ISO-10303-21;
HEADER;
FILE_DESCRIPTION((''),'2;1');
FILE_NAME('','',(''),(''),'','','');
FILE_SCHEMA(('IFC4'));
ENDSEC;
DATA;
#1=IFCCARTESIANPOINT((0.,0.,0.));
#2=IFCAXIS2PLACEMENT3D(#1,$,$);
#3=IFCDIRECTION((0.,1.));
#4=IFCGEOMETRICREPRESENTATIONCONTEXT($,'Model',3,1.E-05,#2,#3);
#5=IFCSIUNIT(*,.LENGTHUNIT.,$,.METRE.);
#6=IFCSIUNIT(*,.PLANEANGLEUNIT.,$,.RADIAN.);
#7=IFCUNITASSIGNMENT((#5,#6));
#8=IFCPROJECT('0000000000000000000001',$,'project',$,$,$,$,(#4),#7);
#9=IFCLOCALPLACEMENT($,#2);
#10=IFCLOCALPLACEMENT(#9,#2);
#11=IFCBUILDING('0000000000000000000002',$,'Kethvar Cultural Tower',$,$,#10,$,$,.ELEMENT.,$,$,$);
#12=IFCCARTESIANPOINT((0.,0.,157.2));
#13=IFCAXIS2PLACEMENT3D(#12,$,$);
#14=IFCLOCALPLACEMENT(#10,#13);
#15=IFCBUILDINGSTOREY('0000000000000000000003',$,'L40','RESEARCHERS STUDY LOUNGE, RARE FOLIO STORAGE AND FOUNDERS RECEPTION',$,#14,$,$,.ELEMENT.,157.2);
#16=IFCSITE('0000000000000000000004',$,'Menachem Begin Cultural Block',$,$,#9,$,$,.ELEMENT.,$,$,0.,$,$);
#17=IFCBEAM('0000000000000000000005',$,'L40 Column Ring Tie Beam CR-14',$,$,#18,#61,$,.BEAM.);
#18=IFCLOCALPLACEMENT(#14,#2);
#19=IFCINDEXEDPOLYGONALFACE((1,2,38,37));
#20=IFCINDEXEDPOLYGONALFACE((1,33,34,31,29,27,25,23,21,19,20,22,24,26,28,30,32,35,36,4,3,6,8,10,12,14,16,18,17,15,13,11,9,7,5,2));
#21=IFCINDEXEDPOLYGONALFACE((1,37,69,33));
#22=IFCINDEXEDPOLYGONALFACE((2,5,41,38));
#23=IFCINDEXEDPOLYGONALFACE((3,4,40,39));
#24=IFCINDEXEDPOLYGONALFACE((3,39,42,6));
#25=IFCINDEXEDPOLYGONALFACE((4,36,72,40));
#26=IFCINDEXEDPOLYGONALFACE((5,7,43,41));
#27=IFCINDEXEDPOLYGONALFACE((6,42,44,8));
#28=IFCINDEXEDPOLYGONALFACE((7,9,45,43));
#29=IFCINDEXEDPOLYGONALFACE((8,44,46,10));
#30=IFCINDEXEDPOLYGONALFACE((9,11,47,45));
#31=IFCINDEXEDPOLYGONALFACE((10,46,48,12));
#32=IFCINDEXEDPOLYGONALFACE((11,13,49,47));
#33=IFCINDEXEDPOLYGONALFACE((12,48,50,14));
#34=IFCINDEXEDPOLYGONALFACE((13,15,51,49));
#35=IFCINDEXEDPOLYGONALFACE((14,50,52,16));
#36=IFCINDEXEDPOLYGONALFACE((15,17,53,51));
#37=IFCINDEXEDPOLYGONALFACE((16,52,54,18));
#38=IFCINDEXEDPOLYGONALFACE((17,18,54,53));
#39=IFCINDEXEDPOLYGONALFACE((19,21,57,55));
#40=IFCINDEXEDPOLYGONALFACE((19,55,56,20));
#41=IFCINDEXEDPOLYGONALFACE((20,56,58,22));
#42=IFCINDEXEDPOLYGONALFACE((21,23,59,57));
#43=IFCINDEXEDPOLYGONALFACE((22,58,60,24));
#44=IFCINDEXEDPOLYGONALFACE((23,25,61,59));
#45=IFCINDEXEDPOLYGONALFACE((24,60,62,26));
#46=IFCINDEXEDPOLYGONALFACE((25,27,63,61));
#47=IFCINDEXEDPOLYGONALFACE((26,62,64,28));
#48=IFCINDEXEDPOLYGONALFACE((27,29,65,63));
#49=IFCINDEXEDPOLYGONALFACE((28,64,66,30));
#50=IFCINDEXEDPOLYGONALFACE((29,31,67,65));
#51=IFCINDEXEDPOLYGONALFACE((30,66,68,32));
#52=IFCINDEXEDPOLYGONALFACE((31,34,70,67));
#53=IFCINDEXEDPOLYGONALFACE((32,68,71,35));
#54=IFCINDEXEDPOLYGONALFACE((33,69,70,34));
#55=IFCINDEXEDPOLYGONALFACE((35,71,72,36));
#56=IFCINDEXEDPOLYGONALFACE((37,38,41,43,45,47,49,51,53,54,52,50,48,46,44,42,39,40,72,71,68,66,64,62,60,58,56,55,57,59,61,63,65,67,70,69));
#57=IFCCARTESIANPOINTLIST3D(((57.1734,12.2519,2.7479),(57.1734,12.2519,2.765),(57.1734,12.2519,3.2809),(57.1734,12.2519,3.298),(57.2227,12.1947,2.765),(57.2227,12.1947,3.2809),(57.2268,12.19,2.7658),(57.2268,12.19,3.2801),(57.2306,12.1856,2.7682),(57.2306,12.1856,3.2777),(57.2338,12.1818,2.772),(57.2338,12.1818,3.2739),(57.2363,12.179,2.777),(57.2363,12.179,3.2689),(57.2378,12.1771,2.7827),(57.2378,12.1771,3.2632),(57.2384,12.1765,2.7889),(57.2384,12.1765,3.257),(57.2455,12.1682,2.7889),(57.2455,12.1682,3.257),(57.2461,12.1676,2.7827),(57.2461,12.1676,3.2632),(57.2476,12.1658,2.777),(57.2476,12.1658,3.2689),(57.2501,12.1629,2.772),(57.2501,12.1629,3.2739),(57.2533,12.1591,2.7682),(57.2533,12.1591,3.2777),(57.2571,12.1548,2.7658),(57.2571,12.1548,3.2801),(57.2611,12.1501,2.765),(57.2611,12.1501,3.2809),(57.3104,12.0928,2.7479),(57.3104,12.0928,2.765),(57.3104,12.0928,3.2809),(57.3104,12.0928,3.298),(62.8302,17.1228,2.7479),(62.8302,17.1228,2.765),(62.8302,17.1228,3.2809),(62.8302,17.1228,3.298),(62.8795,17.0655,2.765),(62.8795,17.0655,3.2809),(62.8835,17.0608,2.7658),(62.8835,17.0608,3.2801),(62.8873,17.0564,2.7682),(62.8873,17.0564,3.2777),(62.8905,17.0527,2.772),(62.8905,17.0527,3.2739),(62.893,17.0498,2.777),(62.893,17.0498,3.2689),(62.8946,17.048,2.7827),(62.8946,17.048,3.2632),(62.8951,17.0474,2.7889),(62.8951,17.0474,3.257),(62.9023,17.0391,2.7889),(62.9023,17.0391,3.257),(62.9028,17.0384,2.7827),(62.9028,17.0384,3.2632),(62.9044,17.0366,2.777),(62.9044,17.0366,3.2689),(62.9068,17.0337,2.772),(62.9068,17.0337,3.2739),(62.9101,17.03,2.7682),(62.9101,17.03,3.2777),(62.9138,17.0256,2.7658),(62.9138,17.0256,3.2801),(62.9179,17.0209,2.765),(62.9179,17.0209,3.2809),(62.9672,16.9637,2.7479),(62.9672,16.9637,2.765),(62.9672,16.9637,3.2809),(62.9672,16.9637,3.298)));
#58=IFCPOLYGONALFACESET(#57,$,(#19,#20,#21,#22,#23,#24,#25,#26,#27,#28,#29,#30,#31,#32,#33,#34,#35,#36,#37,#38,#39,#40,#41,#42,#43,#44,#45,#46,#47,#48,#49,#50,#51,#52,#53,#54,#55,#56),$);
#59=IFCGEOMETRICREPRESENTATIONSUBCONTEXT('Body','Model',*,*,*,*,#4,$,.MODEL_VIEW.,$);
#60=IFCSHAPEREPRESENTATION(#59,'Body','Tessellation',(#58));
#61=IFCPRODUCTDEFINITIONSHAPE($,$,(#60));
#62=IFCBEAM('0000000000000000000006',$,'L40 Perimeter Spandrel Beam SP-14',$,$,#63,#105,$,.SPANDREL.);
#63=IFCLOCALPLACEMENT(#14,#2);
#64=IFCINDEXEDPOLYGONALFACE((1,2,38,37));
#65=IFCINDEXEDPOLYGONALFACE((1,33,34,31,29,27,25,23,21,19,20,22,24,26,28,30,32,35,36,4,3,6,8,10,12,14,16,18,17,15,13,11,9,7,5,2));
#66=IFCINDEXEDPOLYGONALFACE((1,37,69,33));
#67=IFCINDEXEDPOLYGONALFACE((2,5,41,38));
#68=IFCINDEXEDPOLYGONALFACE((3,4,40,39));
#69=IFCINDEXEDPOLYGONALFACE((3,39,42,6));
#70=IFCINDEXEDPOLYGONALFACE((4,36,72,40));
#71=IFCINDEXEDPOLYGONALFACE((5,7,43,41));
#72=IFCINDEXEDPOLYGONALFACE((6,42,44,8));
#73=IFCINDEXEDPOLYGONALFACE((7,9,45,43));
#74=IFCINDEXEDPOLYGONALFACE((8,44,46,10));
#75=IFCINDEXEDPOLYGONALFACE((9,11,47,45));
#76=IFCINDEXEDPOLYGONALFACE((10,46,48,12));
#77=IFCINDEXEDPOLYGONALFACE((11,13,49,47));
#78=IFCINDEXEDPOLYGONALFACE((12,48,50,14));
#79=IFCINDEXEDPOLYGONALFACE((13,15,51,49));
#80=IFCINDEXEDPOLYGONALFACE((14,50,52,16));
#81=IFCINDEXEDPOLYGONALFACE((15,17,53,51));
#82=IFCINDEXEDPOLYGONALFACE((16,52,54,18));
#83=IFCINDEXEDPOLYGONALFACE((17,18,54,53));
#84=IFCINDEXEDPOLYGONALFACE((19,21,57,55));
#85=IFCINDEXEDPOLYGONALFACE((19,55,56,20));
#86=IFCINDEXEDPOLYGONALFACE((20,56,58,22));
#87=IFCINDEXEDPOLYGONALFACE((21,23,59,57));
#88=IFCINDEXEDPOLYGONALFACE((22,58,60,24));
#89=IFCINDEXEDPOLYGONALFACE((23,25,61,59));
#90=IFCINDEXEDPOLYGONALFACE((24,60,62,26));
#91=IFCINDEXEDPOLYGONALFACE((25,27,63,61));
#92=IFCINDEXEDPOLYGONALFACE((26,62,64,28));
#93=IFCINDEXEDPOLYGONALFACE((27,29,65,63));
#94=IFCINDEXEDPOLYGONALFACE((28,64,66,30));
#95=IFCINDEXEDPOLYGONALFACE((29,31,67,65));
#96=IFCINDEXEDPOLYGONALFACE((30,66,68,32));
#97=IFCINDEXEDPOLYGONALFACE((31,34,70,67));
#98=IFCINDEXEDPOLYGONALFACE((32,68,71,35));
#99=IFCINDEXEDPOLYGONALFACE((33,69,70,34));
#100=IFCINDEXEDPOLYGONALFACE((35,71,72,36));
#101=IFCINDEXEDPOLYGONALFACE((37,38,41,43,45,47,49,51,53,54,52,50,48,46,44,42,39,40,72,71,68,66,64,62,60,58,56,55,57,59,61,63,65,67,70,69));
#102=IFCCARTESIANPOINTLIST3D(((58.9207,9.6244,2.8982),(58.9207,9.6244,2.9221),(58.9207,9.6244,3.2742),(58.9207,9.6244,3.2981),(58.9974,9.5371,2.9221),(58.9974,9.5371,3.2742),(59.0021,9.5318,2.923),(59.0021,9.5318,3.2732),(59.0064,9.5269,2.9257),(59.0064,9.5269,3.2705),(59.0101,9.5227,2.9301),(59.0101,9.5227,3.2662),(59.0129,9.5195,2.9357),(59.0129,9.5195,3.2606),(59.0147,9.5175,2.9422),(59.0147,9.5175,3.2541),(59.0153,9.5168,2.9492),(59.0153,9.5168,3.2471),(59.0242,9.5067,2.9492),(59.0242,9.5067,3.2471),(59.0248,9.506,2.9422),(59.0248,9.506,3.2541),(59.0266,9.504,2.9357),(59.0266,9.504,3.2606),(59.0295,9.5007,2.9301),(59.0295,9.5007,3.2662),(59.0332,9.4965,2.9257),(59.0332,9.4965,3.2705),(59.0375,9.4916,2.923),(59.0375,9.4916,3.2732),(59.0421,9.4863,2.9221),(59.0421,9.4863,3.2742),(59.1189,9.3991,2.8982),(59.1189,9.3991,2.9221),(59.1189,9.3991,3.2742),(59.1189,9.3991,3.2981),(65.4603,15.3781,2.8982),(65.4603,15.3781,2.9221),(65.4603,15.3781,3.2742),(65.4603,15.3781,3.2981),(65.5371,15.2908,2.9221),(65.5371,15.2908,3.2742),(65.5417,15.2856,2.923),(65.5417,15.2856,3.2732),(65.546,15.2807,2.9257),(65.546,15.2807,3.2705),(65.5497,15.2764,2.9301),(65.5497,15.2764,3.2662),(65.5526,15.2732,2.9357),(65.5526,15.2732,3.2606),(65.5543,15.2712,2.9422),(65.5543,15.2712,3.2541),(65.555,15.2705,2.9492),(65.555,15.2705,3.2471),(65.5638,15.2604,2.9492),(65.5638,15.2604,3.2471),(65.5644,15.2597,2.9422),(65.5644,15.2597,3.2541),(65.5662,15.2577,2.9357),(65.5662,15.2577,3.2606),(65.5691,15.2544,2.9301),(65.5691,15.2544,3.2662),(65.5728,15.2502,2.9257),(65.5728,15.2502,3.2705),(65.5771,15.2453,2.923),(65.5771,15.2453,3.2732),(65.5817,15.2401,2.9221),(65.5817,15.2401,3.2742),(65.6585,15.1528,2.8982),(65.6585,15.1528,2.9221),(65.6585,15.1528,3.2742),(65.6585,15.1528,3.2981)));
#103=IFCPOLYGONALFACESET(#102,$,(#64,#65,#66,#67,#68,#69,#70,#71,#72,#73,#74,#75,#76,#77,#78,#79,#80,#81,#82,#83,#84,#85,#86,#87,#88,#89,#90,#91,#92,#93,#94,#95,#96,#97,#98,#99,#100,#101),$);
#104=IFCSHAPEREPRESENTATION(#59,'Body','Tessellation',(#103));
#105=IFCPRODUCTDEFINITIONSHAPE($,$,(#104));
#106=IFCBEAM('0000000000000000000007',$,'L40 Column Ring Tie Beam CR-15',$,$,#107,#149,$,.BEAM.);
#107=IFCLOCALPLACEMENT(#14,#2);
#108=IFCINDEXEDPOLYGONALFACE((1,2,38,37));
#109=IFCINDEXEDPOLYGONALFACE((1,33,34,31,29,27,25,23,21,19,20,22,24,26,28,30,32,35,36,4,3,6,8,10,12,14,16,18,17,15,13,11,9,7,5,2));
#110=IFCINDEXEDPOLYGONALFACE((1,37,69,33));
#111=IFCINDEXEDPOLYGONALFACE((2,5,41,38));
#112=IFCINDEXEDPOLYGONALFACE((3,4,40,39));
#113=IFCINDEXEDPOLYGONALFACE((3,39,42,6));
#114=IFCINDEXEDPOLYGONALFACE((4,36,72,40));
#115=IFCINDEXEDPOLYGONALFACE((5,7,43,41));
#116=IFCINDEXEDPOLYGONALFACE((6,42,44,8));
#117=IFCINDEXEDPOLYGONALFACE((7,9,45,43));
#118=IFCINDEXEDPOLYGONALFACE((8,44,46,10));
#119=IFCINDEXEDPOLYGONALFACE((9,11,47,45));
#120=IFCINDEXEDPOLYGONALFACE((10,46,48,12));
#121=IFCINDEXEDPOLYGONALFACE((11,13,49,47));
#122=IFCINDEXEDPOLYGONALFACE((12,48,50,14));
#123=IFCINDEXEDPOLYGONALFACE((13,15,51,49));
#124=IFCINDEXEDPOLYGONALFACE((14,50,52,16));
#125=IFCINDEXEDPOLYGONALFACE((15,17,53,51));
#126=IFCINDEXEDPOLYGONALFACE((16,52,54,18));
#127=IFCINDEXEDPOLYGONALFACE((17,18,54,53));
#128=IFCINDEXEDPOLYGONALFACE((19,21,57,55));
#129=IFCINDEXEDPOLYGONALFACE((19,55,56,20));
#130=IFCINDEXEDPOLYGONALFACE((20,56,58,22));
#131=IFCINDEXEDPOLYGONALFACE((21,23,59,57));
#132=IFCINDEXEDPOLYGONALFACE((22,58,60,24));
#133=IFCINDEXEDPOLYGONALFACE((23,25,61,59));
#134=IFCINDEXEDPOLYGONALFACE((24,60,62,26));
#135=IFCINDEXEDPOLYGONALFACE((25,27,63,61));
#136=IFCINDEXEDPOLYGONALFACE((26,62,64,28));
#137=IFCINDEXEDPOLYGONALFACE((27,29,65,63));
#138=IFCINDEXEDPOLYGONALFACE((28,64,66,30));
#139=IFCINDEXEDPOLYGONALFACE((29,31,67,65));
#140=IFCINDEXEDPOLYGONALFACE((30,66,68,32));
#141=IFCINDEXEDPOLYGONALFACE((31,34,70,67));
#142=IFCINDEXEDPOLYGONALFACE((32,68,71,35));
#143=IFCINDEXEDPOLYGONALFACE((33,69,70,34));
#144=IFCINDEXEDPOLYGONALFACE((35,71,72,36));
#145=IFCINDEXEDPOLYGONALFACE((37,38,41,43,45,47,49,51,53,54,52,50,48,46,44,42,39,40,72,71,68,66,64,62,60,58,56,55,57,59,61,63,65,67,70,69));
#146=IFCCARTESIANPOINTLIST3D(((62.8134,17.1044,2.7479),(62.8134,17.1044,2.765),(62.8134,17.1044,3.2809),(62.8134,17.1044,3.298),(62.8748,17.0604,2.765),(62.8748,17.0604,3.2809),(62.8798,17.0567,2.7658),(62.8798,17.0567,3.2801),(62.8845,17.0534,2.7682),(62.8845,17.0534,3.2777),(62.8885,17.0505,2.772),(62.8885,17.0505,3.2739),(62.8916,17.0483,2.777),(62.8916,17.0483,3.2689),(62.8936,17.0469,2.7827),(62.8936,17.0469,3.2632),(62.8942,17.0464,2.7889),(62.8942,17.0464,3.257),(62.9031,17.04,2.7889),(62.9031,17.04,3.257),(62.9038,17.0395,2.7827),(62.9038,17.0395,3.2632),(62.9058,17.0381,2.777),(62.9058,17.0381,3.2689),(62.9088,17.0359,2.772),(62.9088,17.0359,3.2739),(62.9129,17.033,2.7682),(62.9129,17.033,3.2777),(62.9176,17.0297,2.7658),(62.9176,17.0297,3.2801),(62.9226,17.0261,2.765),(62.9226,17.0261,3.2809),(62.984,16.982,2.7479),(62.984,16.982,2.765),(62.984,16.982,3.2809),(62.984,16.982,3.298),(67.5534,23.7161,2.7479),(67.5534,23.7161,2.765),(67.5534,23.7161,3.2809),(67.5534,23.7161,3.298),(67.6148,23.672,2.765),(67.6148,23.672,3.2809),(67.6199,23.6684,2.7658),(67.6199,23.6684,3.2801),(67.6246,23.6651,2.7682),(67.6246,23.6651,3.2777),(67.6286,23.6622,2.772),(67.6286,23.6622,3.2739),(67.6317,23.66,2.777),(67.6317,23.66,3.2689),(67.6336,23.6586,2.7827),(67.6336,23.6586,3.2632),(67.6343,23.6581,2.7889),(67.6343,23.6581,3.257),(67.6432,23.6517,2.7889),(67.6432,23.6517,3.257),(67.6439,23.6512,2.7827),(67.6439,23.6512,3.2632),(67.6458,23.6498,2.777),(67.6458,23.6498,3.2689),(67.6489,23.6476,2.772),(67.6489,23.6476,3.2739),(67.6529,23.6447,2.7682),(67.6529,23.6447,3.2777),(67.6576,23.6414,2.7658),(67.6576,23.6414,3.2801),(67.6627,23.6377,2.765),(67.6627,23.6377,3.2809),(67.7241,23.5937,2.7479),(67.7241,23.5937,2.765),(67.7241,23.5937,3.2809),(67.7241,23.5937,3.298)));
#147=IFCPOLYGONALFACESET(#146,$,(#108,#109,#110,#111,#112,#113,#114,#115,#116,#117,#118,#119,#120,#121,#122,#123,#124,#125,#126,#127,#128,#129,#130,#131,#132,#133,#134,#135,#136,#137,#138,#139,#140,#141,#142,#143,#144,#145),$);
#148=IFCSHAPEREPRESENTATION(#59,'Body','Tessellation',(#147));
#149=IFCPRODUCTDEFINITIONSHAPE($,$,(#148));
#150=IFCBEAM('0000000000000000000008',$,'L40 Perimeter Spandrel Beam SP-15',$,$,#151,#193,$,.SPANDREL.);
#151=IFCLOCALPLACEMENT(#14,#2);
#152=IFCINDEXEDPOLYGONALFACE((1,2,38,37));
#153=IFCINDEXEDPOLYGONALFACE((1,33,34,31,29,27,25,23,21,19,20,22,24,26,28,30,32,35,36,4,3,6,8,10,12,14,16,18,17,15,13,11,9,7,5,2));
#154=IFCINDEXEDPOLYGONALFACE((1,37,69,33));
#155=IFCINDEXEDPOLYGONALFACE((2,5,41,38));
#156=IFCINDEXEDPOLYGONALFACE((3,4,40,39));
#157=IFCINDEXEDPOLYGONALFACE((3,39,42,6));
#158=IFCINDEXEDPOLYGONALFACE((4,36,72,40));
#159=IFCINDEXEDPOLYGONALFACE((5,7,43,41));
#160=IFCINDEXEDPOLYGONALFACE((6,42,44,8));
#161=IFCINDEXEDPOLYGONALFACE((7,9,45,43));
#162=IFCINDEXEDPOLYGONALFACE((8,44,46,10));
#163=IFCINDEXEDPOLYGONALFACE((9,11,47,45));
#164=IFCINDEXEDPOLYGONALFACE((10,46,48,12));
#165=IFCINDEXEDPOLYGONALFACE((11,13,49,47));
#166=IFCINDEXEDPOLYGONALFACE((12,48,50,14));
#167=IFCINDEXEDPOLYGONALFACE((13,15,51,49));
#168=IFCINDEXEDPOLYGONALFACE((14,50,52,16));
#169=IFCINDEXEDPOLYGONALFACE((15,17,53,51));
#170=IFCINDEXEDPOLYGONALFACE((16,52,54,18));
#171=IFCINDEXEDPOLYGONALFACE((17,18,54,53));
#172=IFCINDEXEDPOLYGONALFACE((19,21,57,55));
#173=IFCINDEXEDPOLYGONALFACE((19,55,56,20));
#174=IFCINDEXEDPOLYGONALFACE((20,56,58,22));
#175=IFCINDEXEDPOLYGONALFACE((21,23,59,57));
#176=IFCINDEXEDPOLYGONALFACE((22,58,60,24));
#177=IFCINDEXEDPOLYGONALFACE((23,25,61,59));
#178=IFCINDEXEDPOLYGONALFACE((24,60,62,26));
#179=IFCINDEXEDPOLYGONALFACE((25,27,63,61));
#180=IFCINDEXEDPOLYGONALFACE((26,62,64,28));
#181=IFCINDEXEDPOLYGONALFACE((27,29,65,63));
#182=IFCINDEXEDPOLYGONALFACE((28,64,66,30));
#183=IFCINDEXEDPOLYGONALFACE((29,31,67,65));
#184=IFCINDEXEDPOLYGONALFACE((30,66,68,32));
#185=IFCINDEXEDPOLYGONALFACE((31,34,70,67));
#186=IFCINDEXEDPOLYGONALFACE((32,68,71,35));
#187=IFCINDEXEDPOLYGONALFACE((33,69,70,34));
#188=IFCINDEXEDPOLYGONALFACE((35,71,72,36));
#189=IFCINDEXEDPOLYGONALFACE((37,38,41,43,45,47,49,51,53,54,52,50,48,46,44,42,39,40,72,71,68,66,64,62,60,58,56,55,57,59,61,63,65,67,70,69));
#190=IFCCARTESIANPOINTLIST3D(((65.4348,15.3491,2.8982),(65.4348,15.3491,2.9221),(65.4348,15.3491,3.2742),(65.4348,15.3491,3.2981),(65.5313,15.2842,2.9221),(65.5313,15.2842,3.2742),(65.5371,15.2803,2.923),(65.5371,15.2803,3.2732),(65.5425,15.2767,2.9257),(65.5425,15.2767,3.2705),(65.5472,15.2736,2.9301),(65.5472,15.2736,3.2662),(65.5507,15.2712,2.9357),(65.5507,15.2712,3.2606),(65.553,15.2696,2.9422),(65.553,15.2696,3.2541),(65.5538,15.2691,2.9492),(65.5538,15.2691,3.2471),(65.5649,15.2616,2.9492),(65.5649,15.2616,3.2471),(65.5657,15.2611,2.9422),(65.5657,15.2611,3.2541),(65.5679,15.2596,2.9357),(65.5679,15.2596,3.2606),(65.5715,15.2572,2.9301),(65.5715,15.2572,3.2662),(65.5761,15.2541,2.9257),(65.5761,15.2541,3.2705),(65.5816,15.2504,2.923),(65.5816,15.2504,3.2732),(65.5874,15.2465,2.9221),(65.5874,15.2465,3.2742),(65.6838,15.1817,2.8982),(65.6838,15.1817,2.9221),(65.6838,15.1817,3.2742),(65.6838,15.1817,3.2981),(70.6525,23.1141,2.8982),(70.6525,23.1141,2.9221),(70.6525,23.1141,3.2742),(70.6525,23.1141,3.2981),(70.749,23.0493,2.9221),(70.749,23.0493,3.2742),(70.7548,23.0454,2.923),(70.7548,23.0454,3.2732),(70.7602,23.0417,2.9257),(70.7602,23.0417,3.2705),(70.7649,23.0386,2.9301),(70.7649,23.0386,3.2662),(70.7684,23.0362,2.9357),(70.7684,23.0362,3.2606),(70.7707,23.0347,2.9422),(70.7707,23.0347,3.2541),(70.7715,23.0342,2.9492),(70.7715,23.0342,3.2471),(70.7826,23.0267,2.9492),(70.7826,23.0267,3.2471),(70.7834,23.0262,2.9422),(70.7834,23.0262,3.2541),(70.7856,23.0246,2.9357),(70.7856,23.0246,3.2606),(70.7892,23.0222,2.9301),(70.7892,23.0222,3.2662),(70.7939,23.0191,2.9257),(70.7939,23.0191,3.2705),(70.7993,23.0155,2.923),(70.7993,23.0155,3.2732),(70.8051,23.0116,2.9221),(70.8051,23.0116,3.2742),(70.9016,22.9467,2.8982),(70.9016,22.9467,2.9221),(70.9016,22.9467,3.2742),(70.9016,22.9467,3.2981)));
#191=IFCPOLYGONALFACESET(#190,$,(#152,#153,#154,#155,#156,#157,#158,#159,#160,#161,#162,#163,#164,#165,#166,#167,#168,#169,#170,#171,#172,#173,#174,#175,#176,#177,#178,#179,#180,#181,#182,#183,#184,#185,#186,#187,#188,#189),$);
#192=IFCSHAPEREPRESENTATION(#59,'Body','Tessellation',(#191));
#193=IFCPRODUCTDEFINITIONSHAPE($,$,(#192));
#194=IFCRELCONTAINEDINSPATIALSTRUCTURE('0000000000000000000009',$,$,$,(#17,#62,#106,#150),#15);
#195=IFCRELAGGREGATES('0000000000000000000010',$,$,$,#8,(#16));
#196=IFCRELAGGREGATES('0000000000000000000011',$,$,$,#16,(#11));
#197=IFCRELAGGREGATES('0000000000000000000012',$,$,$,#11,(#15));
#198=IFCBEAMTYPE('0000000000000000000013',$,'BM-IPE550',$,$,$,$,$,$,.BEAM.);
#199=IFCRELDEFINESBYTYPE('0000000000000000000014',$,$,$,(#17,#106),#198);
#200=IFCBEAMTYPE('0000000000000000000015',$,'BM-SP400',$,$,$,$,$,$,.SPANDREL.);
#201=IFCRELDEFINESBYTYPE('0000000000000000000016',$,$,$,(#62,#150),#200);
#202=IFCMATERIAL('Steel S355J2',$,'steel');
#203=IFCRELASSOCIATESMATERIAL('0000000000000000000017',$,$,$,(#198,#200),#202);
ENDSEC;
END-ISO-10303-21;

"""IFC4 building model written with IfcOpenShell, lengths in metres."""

from ifc_helpers import new_model, si_unit, direction, frame, origin, origin_2d, place, context, subcontext, project, spatial, i_section, extrude, source, transform, mapped, material, material_profile, profile_set, type_object, element, save


model = new_model("IFC4")

# Units and contexts
model_context = context("Model", 3, precision=1e-05, world=origin(), true_north=direction((0.0, 1.0)))
body_context = subcontext(model_context, "Body", "Model", "MODEL_VIEW")
ifc_project = project(units=[si_unit("LENGTHUNIT", "METRE"), si_unit("PLANEANGLEUNIT", "RADIAN")], contexts=[model_context])

# Site, building, storey
site_placement = place(None, origin())
site = spatial("IfcSite", under=ifc_project, at=site_placement, Name="Menachem Begin Cultural Block", CompositionType="ELEMENT", RefElevation=0.0)
building_placement = place(site_placement, origin())
building = spatial("IfcBuilding", under=site, at=building_placement, Name="Kethvar Cultural Tower", CompositionType="ELEMENT")
storey_placement = place(building_placement, frame((0.0, 0.0, 157.2)))
storey = spatial("IfcBuildingStorey", under=building, at=storey_placement, Name="L40", Description="RESEARCHERS STUDY LOUNGE, RARE FOLIO STORAGE AND FOUNDERS RECEPTION", CompositionType="ELEMENT", Elevation=157.2)

# Beams
ifc_material_1 = material(Name="Steel S355J2", Category="steel")
ifc_material_profile_1 = material_profile(ifc_material_1, i_section(OverallWidth=0.21, OverallDepth=0.55, WebThickness=0.011, FlangeThickness=0.0171, FilletRadius=0.0239, at=origin_2d()), Name="Steel S355J2 — IPE550")
ifc_profile_set_1 = profile_set([ifc_material_profile_1], Name="Steel S355J2 — IPE550")
beam_type_1 = type_object("IfcBeamType", Name="BM-IPE550", PredefinedType="BEAM", material=ifc_profile_set_1)
shared_shape_1 = source(origin(), body_context, "Body", "SweptSolid", [
    extrude(i_section(OverallWidth=0.21, OverallDepth=0.55, WebThickness=0.011, FlangeThickness=0.0171, FilletRadius=0.0239, at=origin_2d()), origin(), (0.0, 0.0, 1.0), 7.4648),
])
beam_1_placement = place(storey_placement, frame((57.2419, 12.1724, 3.0229), z_axis=(0.757784, 0.652505, 0.0), x_axis=(-0.652505, 0.757784, 0.0)))
element("IfcBeam", 1, at=beam_1_placement, inside=storey, type_object=beam_type_1, Name="L40 Column Ring Tie Beam CR-14", PredefinedType="BEAM", context=body_context, shape_type="MappedRepresentation", body=[
    mapped(shared_shape_1, transform((0.0, 0.0, 0.0), scale=1.0)),
])
ifc_material_profile_2 = material_profile(ifc_material_1, i_section(OverallWidth=0.3, OverallDepth=0.3999, WebThickness=0.0134, FlangeThickness=0.0239, FilletRadius=0.0271, at=origin_2d()), Name="Steel S355J2 — HEB400")
ifc_profile_set_2 = profile_set([ifc_material_profile_2], Name="Steel S355J2 — HEB400")
beam_type_2 = type_object("IfcBeamType", Name="BM-SP400", PredefinedType="SPANDREL", material=ifc_profile_set_2)
shared_shape_2 = source(origin(), body_context, "Body", "SweptSolid", [
    extrude(i_section(OverallWidth=0.3, OverallDepth=0.3999, WebThickness=0.0134, FlangeThickness=0.0239, FilletRadius=0.0271, at=origin_2d()), origin(), (0.0, 0.0, 1.0), 8.7104),
])
beam_2_placement = place(storey_placement, frame((59.0198, 9.5117, 3.0981), z_axis=(0.750779, 0.660554, 0.0), x_axis=(-0.660554, 0.750779, 0.0)))
element("IfcBeam", 2, at=beam_2_placement, inside=storey, type_object=beam_type_2, Name="L40 Perimeter Spandrel Beam SP-14", PredefinedType="SPANDREL", context=body_context, shape_type="MappedRepresentation", body=[
    mapped(shared_shape_2, transform((0.0, 0.0, 0.0), scale=1.0)),
])
shared_shape_3 = source(origin(), body_context, "Body", "SweptSolid", [
    extrude(i_section(OverallWidth=0.21, OverallDepth=0.55, WebThickness=0.011, FlangeThickness=0.0171, FilletRadius=0.0239, at=origin_2d()), origin(), (0.0, 0.0, 1.0), 8.1353),
])
beam_3_placement = place(storey_placement, frame((62.8987, 17.0432, 3.0229), z_axis=(0.582657, 0.812718, 0.0), x_axis=(-0.812718, 0.582657, 0.0)))
element("IfcBeam", 3, at=beam_3_placement, inside=storey, type_object=beam_type_1, Name="L40 Column Ring Tie Beam CR-15", PredefinedType="BEAM", context=body_context, shape_type="MappedRepresentation", body=[
    mapped(shared_shape_3, transform((0.0, 0.0, 0.0), scale=1.0)),
])
shared_shape_4 = source(origin(), body_context, "Body", "SweptSolid", [
    extrude(i_section(OverallWidth=0.3, OverallDepth=0.3999, WebThickness=0.0134, FlangeThickness=0.0239, FilletRadius=0.0271, at=origin_2d()), origin(), (0.0, 0.0, 1.0), 9.3552),
])
beam_4_placement = place(storey_placement, frame((65.5593, 15.2654, 3.0981), z_axis=(0.557732, 0.830021, 0.0), x_axis=(-0.830021, 0.557732, 0.0)))
element("IfcBeam", 4, at=beam_4_placement, inside=storey, type_object=beam_type_2, Name="L40 Perimeter Spandrel Beam SP-15", PredefinedType="SPANDREL", context=body_context, shape_type="MappedRepresentation", body=[
    mapped(shared_shape_4, transform((0.0, 0.0, 0.0), scale=1.0)),
])

save(model, "model.ifc")
